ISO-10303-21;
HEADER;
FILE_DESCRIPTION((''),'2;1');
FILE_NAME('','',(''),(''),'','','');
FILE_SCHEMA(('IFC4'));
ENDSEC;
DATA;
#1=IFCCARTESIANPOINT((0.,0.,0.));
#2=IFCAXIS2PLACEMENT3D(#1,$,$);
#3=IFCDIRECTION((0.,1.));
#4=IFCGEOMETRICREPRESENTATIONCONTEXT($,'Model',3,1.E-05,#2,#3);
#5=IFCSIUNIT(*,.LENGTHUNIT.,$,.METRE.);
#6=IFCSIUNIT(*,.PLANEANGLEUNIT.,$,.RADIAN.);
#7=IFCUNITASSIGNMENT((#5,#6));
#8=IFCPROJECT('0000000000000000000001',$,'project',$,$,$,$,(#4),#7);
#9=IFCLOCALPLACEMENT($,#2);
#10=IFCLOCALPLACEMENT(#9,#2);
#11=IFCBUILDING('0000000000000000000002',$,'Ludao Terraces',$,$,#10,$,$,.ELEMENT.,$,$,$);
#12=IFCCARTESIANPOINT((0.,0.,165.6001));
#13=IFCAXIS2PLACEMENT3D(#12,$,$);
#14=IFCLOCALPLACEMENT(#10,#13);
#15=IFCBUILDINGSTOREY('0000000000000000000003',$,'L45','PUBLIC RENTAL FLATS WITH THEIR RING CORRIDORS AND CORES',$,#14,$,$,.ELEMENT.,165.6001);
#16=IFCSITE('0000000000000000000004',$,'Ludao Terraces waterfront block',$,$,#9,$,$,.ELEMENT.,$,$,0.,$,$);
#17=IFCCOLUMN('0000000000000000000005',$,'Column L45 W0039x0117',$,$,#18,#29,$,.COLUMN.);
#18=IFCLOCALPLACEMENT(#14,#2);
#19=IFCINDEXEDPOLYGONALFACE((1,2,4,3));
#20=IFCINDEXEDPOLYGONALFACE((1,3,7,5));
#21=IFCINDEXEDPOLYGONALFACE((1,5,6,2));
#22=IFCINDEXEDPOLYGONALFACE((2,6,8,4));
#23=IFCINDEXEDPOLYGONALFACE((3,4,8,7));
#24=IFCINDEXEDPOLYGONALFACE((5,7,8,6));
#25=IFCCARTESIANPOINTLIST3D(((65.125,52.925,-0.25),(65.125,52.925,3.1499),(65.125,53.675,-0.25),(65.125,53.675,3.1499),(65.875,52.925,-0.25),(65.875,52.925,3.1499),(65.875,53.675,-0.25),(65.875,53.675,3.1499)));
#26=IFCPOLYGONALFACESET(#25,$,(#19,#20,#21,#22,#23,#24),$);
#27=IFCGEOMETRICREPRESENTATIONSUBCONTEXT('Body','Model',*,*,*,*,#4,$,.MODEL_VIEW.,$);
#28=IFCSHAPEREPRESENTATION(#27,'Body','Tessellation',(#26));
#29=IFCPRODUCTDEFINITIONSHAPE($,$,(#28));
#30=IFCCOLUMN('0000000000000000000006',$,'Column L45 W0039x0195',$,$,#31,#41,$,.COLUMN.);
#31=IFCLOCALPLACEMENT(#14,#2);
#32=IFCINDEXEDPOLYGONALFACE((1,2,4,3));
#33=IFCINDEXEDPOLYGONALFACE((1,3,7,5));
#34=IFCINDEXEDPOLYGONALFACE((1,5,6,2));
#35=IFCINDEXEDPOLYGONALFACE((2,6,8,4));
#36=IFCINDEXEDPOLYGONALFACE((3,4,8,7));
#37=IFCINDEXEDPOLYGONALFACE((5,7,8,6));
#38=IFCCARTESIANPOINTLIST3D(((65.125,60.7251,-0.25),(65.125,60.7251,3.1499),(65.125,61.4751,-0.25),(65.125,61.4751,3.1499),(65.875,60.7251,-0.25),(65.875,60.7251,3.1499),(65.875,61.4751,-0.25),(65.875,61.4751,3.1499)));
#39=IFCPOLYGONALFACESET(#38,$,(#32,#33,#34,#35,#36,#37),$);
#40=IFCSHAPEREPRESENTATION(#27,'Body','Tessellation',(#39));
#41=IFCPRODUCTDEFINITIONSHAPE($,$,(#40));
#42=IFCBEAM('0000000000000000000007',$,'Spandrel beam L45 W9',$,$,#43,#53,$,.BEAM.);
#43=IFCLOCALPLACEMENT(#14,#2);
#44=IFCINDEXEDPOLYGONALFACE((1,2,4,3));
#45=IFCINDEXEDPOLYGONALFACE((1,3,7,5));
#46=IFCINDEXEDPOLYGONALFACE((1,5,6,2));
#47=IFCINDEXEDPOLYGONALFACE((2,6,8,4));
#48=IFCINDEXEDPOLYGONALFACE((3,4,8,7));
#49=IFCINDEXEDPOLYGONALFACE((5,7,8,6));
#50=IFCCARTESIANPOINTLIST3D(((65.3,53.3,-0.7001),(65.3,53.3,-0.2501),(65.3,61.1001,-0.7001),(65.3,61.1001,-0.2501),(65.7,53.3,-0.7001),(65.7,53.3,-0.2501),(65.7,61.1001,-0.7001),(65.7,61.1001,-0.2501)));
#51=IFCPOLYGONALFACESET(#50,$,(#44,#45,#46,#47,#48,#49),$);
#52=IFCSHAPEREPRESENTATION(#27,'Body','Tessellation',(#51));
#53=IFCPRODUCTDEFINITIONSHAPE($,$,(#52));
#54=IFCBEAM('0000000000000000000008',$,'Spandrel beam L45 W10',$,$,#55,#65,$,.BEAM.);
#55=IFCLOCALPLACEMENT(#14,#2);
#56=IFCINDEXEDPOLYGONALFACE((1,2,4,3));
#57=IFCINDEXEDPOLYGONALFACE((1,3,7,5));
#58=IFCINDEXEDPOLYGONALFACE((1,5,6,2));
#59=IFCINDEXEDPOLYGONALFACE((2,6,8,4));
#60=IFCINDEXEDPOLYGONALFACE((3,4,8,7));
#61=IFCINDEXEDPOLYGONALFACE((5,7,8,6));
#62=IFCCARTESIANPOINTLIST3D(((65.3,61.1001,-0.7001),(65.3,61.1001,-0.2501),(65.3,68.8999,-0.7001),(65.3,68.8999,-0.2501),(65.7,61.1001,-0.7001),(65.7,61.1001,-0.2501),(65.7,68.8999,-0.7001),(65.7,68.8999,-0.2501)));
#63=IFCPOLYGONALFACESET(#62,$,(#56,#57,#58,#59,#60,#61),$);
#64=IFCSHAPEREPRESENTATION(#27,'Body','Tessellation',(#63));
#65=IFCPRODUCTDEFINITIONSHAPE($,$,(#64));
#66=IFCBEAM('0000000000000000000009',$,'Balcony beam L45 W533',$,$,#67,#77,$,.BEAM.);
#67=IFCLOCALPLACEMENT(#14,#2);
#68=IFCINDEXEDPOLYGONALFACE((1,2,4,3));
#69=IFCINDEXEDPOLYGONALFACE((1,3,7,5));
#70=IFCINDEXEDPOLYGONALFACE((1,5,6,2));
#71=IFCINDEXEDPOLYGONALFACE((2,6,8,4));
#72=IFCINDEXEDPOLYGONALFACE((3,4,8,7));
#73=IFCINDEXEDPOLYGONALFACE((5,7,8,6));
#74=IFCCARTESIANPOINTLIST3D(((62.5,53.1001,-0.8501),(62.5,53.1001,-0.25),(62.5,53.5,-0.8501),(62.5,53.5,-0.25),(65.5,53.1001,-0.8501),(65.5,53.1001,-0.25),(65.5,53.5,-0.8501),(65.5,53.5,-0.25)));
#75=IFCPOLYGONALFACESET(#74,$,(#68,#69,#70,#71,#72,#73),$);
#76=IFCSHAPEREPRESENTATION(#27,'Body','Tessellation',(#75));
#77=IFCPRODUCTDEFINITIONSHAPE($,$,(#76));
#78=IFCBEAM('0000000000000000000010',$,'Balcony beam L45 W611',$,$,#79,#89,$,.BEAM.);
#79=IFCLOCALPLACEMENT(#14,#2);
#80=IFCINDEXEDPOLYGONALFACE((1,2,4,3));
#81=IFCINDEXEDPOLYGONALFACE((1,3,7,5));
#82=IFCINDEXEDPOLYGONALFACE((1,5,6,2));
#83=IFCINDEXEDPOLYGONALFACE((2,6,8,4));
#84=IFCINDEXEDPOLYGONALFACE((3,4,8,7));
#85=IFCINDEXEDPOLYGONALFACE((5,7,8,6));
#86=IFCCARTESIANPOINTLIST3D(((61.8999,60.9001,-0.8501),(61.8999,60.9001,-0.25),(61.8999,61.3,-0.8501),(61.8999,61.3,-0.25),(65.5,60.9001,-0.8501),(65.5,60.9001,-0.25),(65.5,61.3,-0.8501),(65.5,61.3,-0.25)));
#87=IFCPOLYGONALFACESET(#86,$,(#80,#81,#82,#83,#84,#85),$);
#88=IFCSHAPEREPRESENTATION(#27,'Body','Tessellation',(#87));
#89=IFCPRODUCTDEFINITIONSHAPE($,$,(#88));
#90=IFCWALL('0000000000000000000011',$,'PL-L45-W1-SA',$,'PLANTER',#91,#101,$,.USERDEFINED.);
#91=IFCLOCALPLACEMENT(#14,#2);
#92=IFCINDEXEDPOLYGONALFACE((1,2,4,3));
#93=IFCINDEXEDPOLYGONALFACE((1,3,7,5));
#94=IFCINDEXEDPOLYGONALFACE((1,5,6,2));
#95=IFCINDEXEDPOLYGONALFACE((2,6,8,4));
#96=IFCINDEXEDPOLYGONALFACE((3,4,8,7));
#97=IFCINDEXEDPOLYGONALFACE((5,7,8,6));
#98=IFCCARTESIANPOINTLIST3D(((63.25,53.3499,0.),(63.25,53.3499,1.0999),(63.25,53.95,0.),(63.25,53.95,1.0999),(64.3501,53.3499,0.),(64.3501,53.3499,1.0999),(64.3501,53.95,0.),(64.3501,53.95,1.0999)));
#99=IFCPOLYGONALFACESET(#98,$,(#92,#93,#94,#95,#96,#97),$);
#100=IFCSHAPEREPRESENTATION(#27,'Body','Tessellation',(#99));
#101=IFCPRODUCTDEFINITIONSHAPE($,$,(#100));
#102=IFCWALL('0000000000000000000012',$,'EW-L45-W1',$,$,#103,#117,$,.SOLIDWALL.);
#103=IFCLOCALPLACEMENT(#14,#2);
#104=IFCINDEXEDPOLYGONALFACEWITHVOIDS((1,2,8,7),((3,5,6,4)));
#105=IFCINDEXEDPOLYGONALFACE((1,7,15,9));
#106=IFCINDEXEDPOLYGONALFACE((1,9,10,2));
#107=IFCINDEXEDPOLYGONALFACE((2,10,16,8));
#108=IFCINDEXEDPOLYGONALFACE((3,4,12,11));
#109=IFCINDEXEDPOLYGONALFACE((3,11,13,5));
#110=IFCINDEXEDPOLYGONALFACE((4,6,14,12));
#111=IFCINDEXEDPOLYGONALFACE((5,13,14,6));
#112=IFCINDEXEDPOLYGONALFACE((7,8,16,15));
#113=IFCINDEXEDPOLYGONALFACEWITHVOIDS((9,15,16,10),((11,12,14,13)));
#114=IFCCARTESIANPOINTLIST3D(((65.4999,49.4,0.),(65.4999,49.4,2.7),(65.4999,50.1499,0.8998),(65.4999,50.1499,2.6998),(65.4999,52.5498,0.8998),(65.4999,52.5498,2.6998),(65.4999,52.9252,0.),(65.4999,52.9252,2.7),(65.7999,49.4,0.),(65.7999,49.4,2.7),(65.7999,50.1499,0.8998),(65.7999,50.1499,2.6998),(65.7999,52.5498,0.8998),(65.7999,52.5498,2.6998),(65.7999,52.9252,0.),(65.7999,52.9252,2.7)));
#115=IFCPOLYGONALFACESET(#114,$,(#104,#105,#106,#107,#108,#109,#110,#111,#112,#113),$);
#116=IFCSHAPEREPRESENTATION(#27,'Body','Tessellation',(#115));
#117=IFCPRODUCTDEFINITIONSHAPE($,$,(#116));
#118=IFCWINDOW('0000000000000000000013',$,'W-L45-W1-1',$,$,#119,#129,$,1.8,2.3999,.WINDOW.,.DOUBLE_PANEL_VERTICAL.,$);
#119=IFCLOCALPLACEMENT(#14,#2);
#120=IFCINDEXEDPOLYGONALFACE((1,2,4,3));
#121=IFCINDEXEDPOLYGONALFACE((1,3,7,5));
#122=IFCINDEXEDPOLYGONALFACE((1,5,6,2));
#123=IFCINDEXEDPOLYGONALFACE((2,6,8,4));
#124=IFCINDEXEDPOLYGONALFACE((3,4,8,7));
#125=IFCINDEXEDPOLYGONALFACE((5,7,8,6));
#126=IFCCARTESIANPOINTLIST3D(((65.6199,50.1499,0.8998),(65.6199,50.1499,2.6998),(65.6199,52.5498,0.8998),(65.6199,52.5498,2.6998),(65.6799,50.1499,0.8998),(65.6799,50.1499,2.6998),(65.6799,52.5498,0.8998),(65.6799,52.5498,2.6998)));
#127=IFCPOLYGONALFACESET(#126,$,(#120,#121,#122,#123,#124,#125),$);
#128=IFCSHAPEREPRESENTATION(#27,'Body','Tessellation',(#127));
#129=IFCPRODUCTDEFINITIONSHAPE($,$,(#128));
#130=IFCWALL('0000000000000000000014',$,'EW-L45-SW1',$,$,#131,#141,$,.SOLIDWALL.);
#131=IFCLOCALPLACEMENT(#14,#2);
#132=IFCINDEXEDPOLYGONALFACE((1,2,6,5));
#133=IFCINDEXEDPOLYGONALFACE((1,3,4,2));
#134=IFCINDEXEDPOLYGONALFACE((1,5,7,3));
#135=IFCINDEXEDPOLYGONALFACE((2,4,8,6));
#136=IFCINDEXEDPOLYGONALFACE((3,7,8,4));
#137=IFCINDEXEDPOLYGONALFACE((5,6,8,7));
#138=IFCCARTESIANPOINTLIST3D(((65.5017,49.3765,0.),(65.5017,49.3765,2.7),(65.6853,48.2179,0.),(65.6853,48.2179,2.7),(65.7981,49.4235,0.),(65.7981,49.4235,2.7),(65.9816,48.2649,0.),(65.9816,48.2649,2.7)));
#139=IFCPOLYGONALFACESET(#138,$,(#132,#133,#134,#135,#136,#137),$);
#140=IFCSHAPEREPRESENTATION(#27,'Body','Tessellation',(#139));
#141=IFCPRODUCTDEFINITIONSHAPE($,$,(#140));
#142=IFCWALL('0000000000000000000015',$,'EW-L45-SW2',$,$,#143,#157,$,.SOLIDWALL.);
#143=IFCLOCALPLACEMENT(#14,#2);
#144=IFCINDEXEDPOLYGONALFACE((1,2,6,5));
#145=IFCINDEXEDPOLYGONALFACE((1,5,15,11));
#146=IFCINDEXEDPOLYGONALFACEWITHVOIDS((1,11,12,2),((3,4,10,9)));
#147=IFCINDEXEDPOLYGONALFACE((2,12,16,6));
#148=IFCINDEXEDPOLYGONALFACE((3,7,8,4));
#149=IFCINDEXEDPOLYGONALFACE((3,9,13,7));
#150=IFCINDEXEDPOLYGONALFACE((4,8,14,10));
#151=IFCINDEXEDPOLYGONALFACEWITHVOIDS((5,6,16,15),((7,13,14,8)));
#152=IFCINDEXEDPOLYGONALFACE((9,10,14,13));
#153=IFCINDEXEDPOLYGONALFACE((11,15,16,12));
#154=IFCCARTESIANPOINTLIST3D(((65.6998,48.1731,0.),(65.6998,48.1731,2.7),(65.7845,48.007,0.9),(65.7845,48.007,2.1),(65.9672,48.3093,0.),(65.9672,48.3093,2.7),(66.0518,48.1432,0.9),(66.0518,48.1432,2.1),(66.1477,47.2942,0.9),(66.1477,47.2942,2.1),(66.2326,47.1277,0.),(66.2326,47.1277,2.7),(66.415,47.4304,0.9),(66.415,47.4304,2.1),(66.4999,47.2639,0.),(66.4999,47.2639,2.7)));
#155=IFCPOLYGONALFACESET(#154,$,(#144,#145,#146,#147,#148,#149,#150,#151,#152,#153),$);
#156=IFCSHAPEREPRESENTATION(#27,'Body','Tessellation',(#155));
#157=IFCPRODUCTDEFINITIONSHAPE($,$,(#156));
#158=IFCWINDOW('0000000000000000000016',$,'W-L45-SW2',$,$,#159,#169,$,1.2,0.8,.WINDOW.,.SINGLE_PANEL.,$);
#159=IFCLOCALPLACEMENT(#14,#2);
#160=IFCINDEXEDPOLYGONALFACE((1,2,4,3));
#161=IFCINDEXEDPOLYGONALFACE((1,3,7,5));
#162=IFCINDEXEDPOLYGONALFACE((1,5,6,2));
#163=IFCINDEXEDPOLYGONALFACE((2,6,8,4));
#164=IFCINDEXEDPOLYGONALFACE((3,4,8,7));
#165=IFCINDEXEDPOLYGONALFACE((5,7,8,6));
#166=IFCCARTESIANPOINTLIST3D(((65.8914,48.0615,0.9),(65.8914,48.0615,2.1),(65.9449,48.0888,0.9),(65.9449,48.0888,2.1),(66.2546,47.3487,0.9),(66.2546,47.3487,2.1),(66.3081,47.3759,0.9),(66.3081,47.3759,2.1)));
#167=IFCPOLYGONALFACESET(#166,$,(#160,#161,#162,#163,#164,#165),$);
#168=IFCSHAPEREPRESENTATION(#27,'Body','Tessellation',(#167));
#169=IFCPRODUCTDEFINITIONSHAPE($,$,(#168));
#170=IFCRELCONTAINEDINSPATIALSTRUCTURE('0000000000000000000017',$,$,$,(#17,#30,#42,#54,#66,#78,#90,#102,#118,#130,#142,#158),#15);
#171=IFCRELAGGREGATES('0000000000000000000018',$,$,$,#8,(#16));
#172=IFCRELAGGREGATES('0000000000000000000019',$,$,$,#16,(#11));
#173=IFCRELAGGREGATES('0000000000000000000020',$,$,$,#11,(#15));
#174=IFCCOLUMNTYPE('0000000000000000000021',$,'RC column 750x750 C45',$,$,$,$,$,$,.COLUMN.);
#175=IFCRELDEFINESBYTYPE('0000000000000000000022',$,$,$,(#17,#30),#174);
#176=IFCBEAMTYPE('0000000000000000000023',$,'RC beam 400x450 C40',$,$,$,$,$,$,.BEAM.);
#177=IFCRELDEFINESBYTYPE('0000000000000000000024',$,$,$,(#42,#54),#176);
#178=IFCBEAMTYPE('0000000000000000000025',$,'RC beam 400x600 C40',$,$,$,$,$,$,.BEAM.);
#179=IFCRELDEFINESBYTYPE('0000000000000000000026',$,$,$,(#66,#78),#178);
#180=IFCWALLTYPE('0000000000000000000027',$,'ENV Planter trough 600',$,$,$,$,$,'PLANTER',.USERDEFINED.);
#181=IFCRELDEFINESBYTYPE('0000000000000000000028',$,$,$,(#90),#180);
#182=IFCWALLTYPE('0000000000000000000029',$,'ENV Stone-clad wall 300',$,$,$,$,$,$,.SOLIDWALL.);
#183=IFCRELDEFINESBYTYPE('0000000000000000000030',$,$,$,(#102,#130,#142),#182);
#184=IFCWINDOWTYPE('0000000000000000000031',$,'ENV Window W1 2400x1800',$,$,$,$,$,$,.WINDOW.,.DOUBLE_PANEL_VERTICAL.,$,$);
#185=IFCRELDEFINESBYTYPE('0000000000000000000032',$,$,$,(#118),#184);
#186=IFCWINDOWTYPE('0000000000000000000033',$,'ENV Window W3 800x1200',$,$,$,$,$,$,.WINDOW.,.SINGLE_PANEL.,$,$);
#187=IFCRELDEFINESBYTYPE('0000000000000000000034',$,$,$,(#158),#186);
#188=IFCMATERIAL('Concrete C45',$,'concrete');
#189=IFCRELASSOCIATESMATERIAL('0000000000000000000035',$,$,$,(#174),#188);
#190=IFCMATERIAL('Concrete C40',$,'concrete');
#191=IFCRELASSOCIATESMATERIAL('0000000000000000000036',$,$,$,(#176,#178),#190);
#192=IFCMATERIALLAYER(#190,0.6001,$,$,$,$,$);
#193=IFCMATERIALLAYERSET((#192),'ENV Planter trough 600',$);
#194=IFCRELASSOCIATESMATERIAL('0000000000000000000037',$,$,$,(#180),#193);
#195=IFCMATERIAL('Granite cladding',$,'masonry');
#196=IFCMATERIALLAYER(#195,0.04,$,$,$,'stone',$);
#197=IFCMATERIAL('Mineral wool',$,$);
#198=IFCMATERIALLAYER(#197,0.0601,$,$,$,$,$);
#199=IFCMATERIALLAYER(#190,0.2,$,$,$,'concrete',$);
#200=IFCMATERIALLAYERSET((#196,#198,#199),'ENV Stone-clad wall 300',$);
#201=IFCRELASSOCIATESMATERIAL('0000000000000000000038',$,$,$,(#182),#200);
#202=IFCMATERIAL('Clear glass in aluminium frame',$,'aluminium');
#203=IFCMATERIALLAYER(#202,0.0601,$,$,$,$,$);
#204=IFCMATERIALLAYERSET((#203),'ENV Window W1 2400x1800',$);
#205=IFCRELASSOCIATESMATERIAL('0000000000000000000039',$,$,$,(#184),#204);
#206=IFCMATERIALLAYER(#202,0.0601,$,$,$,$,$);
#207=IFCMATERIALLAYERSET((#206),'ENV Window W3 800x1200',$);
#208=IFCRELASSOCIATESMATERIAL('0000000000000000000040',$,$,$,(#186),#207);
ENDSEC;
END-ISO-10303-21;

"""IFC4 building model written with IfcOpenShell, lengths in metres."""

from ifc_helpers import new_model, si_unit, direction, frame, frame_2d, origin, origin_2d, place, context, subcontext, project, spatial, rectangle, extrude, material, layer, layer_set, material_profile, profile_set, type_object, element, fill, save


model = new_model("IFC4")

# Units and contexts
model_context = context("Model", 3, precision=1e-05, world=origin(), true_north=direction((0.0, 1.0)))
body_context = subcontext(model_context, "Body", "Model", "MODEL_VIEW")
ifc_project = project(units=[si_unit("LENGTHUNIT", "METRE"), si_unit("PLANEANGLEUNIT", "RADIAN")], contexts=[model_context])

# Site, building, storey
site_placement = place(None, origin())
site = spatial("IfcSite", under=ifc_project, at=site_placement, Name="Ludao Terraces waterfront block", CompositionType="ELEMENT", RefElevation=0.0)
building_placement = place(site_placement, origin())
building = spatial("IfcBuilding", under=site, at=building_placement, Name="Ludao Terraces", CompositionType="ELEMENT")
storey_placement = place(building_placement, frame((0.0, 0.0, 165.6001)))
storey = spatial("IfcBuildingStorey", under=building, at=storey_placement, Name="L45", Description="PUBLIC RENTAL FLATS WITH THEIR RING CORRIDORS AND CORES", CompositionType="ELEMENT", Elevation=165.6001)

# Columns
ifc_material_1 = material(Name="Concrete C45", Category="concrete")
ifc_material_profile_1 = material_profile(ifc_material_1, rectangle(XDim=0.75, YDim=0.75, at=origin_2d()), Name="750 X 750")
ifc_profile_set_1 = profile_set([ifc_material_profile_1], Name="Concrete C45")
column_type = type_object("IfcColumnType", Name="RC column 750x750 C45", PredefinedType="COLUMN", material=ifc_profile_set_1)
for number, where, z_axis, x_axis, name in (
    (1, (65.5, 53.3, -0.25), (0.0, 0.0, 1.0), (1.0, 0.0, 0.0), "Column L45 W0039x0117"),
    (2, (65.5, 61.1001, -0.25), (0.0, 0.0, 1.0), (1.0, 0.0, 0.0), "Column L45 W0039x0195"),
):
    element("IfcColumn", number, at=place(storey_placement, frame(where, z_axis=z_axis, x_axis=x_axis)), inside=storey, type_object=column_type, Name=name, PredefinedType="COLUMN", context=body_context, shape_type="SweptSolid", body=[
        extrude(rectangle(XDim=0.75, YDim=0.75, at=origin_2d()), origin(), (0.0, 0.0, 1.0), 3.3999),
    ])

# Beams
ifc_material_2 = material(Name="Concrete C40", Category="concrete")
ifc_material_profile_2 = material_profile(ifc_material_2, rectangle(XDim=0.3999, YDim=0.45, at=origin_2d()), Name="400 X 450")
ifc_profile_set_2 = profile_set([ifc_material_profile_2], Name="Concrete C40")
beam_type_1 = type_object("IfcBeamType", Name="RC beam 400x450 C40", PredefinedType="BEAM", material=ifc_profile_set_2)
beam_1_placement = place(storey_placement, frame((65.5, 53.3, -0.4751), z_axis=(0.0, 1.0, 0.0), x_axis=(-1.0, 0.0, 0.0)))
element("IfcBeam", 3, at=beam_1_placement, inside=storey, type_object=beam_type_1, Name="Spandrel beam L45 W9", PredefinedType="BEAM", context=body_context, shape_type="SweptSolid", body=[
    extrude(rectangle(XDim=0.3999, YDim=0.45, at=origin_2d()), origin(), (0.0, 0.0, 1.0), 7.8),
])
beam_2_placement = place(storey_placement, frame((65.5, 61.1001, -0.4751), z_axis=(0.0, 1.0, 0.0), x_axis=(-1.0, 0.0, 0.0)))
element("IfcBeam", 4, at=beam_2_placement, inside=storey, type_object=beam_type_1, Name="Spandrel beam L45 W10", PredefinedType="BEAM", context=body_context, shape_type="SweptSolid", body=[
    extrude(rectangle(XDim=0.3999, YDim=0.45, at=origin_2d()), origin(), (0.0, 0.0, 1.0), 7.7998),
])
ifc_material_profile_3 = material_profile(ifc_material_2, rectangle(XDim=0.3999, YDim=0.6001, at=origin_2d()), Name="400 X 600")
ifc_profile_set_3 = profile_set([ifc_material_profile_3], Name="Concrete C40")
beam_type_2 = type_object("IfcBeamType", Name="RC beam 400x600 C40", PredefinedType="BEAM", material=ifc_profile_set_3)
beam_3_placement = place(storey_placement, frame((65.5, 53.3, -0.55), z_axis=(-1.0, 0.0, 0.0), x_axis=(0.0, -1.0, 0.0)))
element("IfcBeam", 5, at=beam_3_placement, inside=storey, type_object=beam_type_2, Name="Balcony beam L45 W533", PredefinedType="BEAM", context=body_context, shape_type="SweptSolid", body=[
    extrude(rectangle(XDim=0.3999, YDim=0.6001, at=origin_2d()), origin(), (0.0, 0.0, 1.0), 3.0),
])
beam_4_placement = place(storey_placement, frame((65.5, 61.1001, -0.55), z_axis=(-1.0, 0.0, 0.0), x_axis=(0.0, -1.0, 0.0)))
element("IfcBeam", 6, at=beam_4_placement, inside=storey, type_object=beam_type_2, Name="Balcony beam L45 W611", PredefinedType="BEAM", context=body_context, shape_type="SweptSolid", body=[
    extrude(rectangle(XDim=0.3999, YDim=0.6001, at=origin_2d()), origin(), (0.0, 0.0, 1.0), 3.6001),
])

# Wall
ifc_layer_1 = layer(ifc_material_2, 0.6001)
ifc_layer_set_1 = layer_set([ifc_layer_1], Name="ENV Planter trough 600")
wall_type_1 = type_object("IfcWallType", Name="ENV Planter trough 600", ElementType="PLANTER", PredefinedType="USERDEFINED", material=ifc_layer_set_1)
wall_1_placement = place(storey_placement, frame((63.25, 53.6499, 0.0), z_axis=(0.0, 0.0, 1.0), x_axis=(1.0, 0.0, 0.0)))
element("IfcWall", 7, at=wall_1_placement, inside=storey, type_object=wall_type_1, Name="PL-L45-W1-SA", ObjectType="PLANTER", PredefinedType="USERDEFINED", context=body_context, shape_type="SweptSolid", body=[
    extrude(rectangle(XDim=1.1001, YDim=0.6001, at=frame_2d((0.55, 0.0))), origin(), (0.0, 0.0, 1.0), 1.0999),
])

# Wall, opening, window
ifc_material_3 = material(Name="Granite cladding", Category="masonry")
ifc_layer_2 = layer(ifc_material_3, 0.04, Category="stone")
ifc_material_4 = material(Name="Mineral wool")
ifc_layer_3 = layer(ifc_material_4, 0.0601)
ifc_layer_4 = layer(ifc_material_2, 0.2, Category="concrete")
ifc_layer_set_2 = layer_set([ifc_layer_2, ifc_layer_3, ifc_layer_4], Name="ENV Stone-clad wall 300")
wall_type_2 = type_object("IfcWallType", Name="ENV Stone-clad wall 300", PredefinedType="SOLIDWALL", material=ifc_layer_set_2)
wall_2_placement = place(storey_placement, frame((65.6499, 49.3999, 0.0), z_axis=(0.0, 0.0, 1.0), x_axis=(0.0, 1.0, 0.0)))
wall_2 = element("IfcWall", 8, at=wall_2_placement, inside=storey, type_object=wall_type_2, Name="EW-L45-W1", PredefinedType="SOLIDWALL", context=body_context, shape_type="SweptSolid", body=[
    extrude(rectangle(XDim=3.5251, YDim=0.3, at=frame_2d((1.7627, 0.0))), origin(), (0.0, 0.0, 1.0), 2.7),
])
opening_1_placement = place(wall_2_placement, frame((0.75, 0.0, 0.8999)))
opening_1 = element("IfcOpeningElement", 9, at=opening_1_placement, cuts=wall_2, PredefinedType="OPENING", context=body_context, shape_type="SweptSolid", body=[
    extrude(rectangle(XDim=2.3999, YDim=1.8, at=frame_2d((1.2, 0.8999))), frame((0.0, 0.1602, 0.0), z_axis=(0.0, -1.0, 0.0), x_axis=(1.0, 0.0, 0.0)), (0.0, 0.0, 1.0), 0.3201),
])
ifc_material_5 = material(Name="Clear glass in aluminium frame", Category="aluminium")
ifc_layer_5 = layer(ifc_material_5, 0.0601)
ifc_layer_set_3 = layer_set([ifc_layer_5], Name="ENV Window W1 2400x1800")
window_type_1 = type_object("IfcWindowType", Name="ENV Window W1 2400x1800", PartitioningType="DOUBLE_PANEL_VERTICAL", PredefinedType="WINDOW", material=ifc_layer_set_3)
window_1_placement = place(opening_1_placement, origin())
window_1 = element("IfcWindow", 10, at=window_1_placement, inside=storey, type_object=window_type_1, Name="W-L45-W1-1", OverallHeight=1.8, OverallWidth=2.3999, PartitioningType="DOUBLE_PANEL_VERTICAL", PredefinedType="WINDOW", context=body_context, shape_type="SweptSolid", body=[
    extrude(rectangle(XDim=2.3999, YDim=1.8, at=frame_2d((1.2, 0.8999))), frame((0.0, 0.03, 0.0), z_axis=(0.0, -1.0, 0.0), x_axis=(1.0, 0.0, 0.0)), (0.0, 0.0, 1.0), 0.0601),
])
fill(opening_1, window_1)

# Wall
wall_3_placement = place(storey_placement, frame((65.6499, 49.3999, 0.0), z_axis=(0.0, 0.0, 1.0), x_axis=(0.156497, -0.987678, 0.0)))
element("IfcWall", 11, at=wall_3_placement, inside=storey, type_object=wall_type_2, Name="EW-L45-SW1", PredefinedType="SOLIDWALL", context=body_context, shape_type="SweptSolid", body=[
    extrude(rectangle(XDim=1.1731, YDim=0.3, at=frame_2d((0.5864, 0.0))), origin(), (0.0, 0.0, 1.0), 2.7),
])

# Wall, opening, window
wall_4_placement = place(storey_placement, frame((65.8335, 48.2412, 0.0), z_axis=(0.0, 0.0, 1.0), x_axis=(0.454026, -0.890989, 0.0)))
wall_4 = element("IfcWall", 12, at=wall_4_placement, inside=storey, type_object=wall_type_2, Name="EW-L45-SW2", PredefinedType="SOLIDWALL", context=body_context, shape_type="SweptSolid", body=[
    extrude(rectangle(XDim=1.1733, YDim=0.3, at=frame_2d((0.5867, 0.0))), origin(), (0.0, 0.0, 1.0), 2.7),
])
opening_2_placement = place(wall_4_placement, frame((0.1865, 0.0, 0.8999)))
opening_2 = element("IfcOpeningElement", 13, at=opening_2_placement, cuts=wall_4, PredefinedType="OPENING", context=body_context, shape_type="SweptSolid", body=[
    extrude(rectangle(XDim=0.8, YDim=1.2, at=frame_2d((0.3999, 0.6001))), frame((0.0, 0.1602, 0.0), z_axis=(0.0, -1.0, 0.0), x_axis=(1.0, 0.0, 0.0)), (0.0, 0.0, 1.0), 0.3201),
])
ifc_layer_6 = layer(ifc_material_5, 0.0601)
ifc_layer_set_4 = layer_set([ifc_layer_6], Name="ENV Window W3 800x1200")
window_type_2 = type_object("IfcWindowType", Name="ENV Window W3 800x1200", PartitioningType="SINGLE_PANEL", PredefinedType="WINDOW", material=ifc_layer_set_4)
window_2_placement = place(opening_2_placement, origin())
window_2 = element("IfcWindow", 14, at=window_2_placement, inside=storey, type_object=window_type_2, Name="W-L45-SW2", OverallHeight=1.2, OverallWidth=0.8, PartitioningType="SINGLE_PANEL", PredefinedType="WINDOW", context=body_context, shape_type="SweptSolid", body=[
    extrude(rectangle(XDim=0.8, YDim=1.2, at=frame_2d((0.3999, 0.6001))), frame((0.0, 0.03, 0.0), z_axis=(0.0, -1.0, 0.0), x_axis=(1.0, 0.0, 0.0)), (0.0, 0.0, 1.0), 0.0601),
])
fill(opening_2, window_2)

save(model, "model.ifc")
